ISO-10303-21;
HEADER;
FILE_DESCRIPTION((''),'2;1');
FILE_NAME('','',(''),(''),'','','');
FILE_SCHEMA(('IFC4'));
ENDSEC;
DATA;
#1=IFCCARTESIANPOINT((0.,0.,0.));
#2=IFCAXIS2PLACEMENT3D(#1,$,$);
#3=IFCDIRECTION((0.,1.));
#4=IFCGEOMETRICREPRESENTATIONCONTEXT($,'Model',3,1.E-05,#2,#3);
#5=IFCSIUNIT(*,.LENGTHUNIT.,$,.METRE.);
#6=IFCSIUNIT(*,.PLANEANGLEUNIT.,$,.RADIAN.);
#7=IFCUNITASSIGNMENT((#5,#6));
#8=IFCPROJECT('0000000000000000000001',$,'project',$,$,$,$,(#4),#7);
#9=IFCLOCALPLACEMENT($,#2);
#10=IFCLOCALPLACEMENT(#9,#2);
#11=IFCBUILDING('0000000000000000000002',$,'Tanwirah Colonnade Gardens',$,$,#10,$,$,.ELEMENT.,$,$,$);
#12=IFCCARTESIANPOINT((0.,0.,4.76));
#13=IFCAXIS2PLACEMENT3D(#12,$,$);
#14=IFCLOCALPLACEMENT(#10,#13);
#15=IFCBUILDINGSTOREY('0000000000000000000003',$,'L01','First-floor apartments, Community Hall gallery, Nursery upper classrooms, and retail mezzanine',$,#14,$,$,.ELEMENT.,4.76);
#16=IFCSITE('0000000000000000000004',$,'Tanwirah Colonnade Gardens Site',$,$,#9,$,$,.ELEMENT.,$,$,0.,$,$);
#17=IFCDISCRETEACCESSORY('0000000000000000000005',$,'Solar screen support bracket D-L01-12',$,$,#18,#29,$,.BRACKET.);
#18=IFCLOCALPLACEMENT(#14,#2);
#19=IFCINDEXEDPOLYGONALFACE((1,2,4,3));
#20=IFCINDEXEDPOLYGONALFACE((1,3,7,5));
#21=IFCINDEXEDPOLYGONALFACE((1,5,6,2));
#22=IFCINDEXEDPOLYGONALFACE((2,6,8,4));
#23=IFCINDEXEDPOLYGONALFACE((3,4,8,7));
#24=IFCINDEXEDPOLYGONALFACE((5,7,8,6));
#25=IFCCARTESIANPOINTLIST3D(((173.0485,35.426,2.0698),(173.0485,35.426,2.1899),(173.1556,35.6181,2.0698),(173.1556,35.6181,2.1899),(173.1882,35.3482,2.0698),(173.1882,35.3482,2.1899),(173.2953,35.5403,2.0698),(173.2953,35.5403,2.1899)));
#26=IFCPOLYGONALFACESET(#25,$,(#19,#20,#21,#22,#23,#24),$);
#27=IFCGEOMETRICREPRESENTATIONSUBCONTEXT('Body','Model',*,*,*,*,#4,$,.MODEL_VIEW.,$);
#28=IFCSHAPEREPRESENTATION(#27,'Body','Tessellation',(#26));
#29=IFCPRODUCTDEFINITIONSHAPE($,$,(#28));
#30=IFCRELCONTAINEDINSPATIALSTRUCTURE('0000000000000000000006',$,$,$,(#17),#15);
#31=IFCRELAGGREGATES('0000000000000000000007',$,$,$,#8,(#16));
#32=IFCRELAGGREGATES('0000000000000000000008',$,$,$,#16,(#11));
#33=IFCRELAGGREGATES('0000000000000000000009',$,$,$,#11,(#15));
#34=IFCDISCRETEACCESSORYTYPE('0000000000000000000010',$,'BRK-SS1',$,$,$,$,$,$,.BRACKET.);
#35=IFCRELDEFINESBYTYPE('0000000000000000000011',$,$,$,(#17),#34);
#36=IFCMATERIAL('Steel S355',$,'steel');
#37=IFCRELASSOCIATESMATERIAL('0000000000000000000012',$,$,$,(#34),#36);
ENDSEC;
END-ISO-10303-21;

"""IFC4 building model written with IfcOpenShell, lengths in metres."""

from ifc_helpers import new_model, si_unit, direction, frame, origin, origin_2d, place, context, subcontext, project, spatial, rectangle, extrude, material, type_object, element, save


model = new_model("IFC4")

# Units and contexts
model_context = context("Model", 3, precision=1e-05, world=origin(), true_north=direction((0.0, 1.0)))
body_context = subcontext(model_context, "Body", "Model", "MODEL_VIEW")
ifc_project = project(units=[si_unit("LENGTHUNIT", "METRE"), si_unit("PLANEANGLEUNIT", "RADIAN")], contexts=[model_context])

# Site, building, storey
site_placement = place(None, origin())
site = spatial("IfcSite", under=ifc_project, at=site_placement, Name="Tanwirah Colonnade Gardens Site", CompositionType="ELEMENT", RefElevation=0.0)
building_placement = place(site_placement, origin())
building = spatial("IfcBuilding", under=site, at=building_placement, Name="Tanwirah Colonnade Gardens", CompositionType="ELEMENT")
storey_placement = place(building_placement, frame((0.0, 0.0, 4.76)))
storey = spatial("IfcBuildingStorey", under=building, at=storey_placement, Name="L01", Description="First-floor apartments, Community Hall gallery, Nursery upper classrooms, and retail mezzanine", CompositionType="ELEMENT", Elevation=4.76)

# Discrete accessory
ifc_material_1 = material(Name="Steel S355", Category="steel")
discrete_accessory_type = type_object("IfcDiscreteAccessoryType", Name="BRK-SS1", PredefinedType="BRACKET", material=ifc_material_1)
discrete_accessory_placement = place(storey_placement, frame((173.1719, 35.4832, 2.0698), z_axis=(0.0, 0.0, 1.0), x_axis=(0.486717, 0.87356, 0.0)))
element("IfcDiscreteAccessory", 1, at=discrete_accessory_placement, inside=storey, type_object=discrete_accessory_type, Name="Solar screen support bracket D-L01-12", PredefinedType="BRACKET", context=body_context, shape_type="SweptSolid", body=[
    extrude(rectangle(XDim=0.22, YDim=0.1599, at=origin_2d()), origin(), (0.0, 0.0, 1.0), 0.1201),
])

save(model, "model.ifc")
